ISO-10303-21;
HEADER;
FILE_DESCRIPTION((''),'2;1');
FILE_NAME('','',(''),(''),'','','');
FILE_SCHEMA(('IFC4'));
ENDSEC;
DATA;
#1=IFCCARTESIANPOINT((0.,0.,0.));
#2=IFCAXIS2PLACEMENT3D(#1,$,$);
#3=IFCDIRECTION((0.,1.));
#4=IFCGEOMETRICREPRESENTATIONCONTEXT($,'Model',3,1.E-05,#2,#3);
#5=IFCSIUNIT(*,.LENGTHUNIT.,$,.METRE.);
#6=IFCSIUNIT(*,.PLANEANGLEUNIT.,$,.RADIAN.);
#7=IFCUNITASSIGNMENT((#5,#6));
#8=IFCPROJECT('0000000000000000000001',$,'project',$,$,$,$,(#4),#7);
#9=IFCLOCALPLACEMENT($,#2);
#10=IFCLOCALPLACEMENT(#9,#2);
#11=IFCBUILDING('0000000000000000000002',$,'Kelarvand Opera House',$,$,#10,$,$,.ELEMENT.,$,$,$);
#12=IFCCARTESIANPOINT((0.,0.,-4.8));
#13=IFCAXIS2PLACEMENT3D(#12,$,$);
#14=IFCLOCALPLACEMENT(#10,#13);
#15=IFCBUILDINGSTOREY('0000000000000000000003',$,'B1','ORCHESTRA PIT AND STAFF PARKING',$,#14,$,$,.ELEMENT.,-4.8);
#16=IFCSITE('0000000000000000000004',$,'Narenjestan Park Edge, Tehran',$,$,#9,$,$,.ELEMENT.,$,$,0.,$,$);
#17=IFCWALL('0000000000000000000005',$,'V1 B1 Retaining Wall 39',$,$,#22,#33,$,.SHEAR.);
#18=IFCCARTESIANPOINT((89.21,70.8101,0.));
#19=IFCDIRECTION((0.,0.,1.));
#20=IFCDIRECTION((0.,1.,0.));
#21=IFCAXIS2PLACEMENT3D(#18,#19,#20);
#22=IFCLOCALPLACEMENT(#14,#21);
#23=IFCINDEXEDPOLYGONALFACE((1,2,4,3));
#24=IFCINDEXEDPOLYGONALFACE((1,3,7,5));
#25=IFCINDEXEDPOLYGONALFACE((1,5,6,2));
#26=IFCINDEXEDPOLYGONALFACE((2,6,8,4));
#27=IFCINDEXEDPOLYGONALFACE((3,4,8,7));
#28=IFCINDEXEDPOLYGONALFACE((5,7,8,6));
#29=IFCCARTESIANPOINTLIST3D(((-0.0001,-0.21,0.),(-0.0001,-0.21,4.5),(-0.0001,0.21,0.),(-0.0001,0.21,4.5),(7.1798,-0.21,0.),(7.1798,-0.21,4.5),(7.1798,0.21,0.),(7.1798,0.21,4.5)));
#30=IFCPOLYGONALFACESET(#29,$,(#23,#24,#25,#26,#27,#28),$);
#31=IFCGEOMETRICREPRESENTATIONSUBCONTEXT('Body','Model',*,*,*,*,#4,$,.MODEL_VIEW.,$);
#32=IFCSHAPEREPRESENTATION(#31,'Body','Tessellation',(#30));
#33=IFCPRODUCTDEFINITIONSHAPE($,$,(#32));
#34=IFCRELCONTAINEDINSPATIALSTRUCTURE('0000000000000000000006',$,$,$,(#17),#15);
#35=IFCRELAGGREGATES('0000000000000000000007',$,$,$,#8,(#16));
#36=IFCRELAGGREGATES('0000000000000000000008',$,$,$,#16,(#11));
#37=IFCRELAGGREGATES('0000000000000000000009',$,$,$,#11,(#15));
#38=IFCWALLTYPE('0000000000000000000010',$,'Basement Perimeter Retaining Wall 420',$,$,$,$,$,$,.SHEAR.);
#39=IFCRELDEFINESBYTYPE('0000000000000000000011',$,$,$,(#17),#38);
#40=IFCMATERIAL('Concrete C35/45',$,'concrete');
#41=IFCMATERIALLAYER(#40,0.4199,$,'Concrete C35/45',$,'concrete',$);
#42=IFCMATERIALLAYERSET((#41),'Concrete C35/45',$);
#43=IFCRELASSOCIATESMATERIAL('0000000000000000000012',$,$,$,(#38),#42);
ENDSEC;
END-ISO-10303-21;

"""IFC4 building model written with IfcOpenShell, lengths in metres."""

from ifc_helpers import new_model, si_unit, direction, frame, frame_2d, origin, place, context, subcontext, project, spatial, rectangle, extrude, material, layer, layer_set, type_object, element, save


model = new_model("IFC4")

# Units and contexts
model_context = context("Model", 3, precision=1e-05, world=origin(), true_north=direction((0.0, 1.0)))
body_context = subcontext(model_context, "Body", "Model", "MODEL_VIEW")
ifc_project = project(units=[si_unit("LENGTHUNIT", "METRE"), si_unit("PLANEANGLEUNIT", "RADIAN")], contexts=[model_context])

# Site, building, storey
site_placement = place(None, origin())
site = spatial("IfcSite", under=ifc_project, at=site_placement, Name="Narenjestan Park Edge, Tehran", CompositionType="ELEMENT", RefElevation=0.0)
building_placement = place(site_placement, origin())
building = spatial("IfcBuilding", under=site, at=building_placement, Name="Kelarvand Opera House", CompositionType="ELEMENT")
storey_placement = place(building_placement, frame((0.0, 0.0, -4.8)))
storey = spatial("IfcBuildingStorey", under=building, at=storey_placement, Name="B1", Description="ORCHESTRA PIT AND STAFF PARKING", CompositionType="ELEMENT", Elevation=-4.8)

# Wall
ifc_material_1 = material(Name="Concrete C35/45", Category="concrete")
ifc_layer_1 = layer(ifc_material_1, 0.4199, Name="Concrete C35/45", Category="concrete")
ifc_layer_set_1 = layer_set([ifc_layer_1], Name="Concrete C35/45")
wall_type_1 = type_object("IfcWallType", Name="Basement Perimeter Retaining Wall 420", PredefinedType="SHEAR", material=ifc_layer_set_1)
wall_1_placement = place(storey_placement, frame((89.21, 70.8101, 0.0), z_axis=(0.0, 0.0, 1.0), x_axis=(0.0, 1.0, 0.0)))
element("IfcWall", 1, at=wall_1_placement, inside=storey, type_object=wall_type_1, Name="V1 B1 Retaining Wall 39", PredefinedType="SHEAR", context=body_context, shape_type="SweptSolid", body=[
    extrude(rectangle(XDim=7.1799, YDim=0.4199, at=frame_2d((3.5898, 0.0))), origin(), (0.0, 0.0, 1.0), 4.5),
])

save(model, "model.ifc")
